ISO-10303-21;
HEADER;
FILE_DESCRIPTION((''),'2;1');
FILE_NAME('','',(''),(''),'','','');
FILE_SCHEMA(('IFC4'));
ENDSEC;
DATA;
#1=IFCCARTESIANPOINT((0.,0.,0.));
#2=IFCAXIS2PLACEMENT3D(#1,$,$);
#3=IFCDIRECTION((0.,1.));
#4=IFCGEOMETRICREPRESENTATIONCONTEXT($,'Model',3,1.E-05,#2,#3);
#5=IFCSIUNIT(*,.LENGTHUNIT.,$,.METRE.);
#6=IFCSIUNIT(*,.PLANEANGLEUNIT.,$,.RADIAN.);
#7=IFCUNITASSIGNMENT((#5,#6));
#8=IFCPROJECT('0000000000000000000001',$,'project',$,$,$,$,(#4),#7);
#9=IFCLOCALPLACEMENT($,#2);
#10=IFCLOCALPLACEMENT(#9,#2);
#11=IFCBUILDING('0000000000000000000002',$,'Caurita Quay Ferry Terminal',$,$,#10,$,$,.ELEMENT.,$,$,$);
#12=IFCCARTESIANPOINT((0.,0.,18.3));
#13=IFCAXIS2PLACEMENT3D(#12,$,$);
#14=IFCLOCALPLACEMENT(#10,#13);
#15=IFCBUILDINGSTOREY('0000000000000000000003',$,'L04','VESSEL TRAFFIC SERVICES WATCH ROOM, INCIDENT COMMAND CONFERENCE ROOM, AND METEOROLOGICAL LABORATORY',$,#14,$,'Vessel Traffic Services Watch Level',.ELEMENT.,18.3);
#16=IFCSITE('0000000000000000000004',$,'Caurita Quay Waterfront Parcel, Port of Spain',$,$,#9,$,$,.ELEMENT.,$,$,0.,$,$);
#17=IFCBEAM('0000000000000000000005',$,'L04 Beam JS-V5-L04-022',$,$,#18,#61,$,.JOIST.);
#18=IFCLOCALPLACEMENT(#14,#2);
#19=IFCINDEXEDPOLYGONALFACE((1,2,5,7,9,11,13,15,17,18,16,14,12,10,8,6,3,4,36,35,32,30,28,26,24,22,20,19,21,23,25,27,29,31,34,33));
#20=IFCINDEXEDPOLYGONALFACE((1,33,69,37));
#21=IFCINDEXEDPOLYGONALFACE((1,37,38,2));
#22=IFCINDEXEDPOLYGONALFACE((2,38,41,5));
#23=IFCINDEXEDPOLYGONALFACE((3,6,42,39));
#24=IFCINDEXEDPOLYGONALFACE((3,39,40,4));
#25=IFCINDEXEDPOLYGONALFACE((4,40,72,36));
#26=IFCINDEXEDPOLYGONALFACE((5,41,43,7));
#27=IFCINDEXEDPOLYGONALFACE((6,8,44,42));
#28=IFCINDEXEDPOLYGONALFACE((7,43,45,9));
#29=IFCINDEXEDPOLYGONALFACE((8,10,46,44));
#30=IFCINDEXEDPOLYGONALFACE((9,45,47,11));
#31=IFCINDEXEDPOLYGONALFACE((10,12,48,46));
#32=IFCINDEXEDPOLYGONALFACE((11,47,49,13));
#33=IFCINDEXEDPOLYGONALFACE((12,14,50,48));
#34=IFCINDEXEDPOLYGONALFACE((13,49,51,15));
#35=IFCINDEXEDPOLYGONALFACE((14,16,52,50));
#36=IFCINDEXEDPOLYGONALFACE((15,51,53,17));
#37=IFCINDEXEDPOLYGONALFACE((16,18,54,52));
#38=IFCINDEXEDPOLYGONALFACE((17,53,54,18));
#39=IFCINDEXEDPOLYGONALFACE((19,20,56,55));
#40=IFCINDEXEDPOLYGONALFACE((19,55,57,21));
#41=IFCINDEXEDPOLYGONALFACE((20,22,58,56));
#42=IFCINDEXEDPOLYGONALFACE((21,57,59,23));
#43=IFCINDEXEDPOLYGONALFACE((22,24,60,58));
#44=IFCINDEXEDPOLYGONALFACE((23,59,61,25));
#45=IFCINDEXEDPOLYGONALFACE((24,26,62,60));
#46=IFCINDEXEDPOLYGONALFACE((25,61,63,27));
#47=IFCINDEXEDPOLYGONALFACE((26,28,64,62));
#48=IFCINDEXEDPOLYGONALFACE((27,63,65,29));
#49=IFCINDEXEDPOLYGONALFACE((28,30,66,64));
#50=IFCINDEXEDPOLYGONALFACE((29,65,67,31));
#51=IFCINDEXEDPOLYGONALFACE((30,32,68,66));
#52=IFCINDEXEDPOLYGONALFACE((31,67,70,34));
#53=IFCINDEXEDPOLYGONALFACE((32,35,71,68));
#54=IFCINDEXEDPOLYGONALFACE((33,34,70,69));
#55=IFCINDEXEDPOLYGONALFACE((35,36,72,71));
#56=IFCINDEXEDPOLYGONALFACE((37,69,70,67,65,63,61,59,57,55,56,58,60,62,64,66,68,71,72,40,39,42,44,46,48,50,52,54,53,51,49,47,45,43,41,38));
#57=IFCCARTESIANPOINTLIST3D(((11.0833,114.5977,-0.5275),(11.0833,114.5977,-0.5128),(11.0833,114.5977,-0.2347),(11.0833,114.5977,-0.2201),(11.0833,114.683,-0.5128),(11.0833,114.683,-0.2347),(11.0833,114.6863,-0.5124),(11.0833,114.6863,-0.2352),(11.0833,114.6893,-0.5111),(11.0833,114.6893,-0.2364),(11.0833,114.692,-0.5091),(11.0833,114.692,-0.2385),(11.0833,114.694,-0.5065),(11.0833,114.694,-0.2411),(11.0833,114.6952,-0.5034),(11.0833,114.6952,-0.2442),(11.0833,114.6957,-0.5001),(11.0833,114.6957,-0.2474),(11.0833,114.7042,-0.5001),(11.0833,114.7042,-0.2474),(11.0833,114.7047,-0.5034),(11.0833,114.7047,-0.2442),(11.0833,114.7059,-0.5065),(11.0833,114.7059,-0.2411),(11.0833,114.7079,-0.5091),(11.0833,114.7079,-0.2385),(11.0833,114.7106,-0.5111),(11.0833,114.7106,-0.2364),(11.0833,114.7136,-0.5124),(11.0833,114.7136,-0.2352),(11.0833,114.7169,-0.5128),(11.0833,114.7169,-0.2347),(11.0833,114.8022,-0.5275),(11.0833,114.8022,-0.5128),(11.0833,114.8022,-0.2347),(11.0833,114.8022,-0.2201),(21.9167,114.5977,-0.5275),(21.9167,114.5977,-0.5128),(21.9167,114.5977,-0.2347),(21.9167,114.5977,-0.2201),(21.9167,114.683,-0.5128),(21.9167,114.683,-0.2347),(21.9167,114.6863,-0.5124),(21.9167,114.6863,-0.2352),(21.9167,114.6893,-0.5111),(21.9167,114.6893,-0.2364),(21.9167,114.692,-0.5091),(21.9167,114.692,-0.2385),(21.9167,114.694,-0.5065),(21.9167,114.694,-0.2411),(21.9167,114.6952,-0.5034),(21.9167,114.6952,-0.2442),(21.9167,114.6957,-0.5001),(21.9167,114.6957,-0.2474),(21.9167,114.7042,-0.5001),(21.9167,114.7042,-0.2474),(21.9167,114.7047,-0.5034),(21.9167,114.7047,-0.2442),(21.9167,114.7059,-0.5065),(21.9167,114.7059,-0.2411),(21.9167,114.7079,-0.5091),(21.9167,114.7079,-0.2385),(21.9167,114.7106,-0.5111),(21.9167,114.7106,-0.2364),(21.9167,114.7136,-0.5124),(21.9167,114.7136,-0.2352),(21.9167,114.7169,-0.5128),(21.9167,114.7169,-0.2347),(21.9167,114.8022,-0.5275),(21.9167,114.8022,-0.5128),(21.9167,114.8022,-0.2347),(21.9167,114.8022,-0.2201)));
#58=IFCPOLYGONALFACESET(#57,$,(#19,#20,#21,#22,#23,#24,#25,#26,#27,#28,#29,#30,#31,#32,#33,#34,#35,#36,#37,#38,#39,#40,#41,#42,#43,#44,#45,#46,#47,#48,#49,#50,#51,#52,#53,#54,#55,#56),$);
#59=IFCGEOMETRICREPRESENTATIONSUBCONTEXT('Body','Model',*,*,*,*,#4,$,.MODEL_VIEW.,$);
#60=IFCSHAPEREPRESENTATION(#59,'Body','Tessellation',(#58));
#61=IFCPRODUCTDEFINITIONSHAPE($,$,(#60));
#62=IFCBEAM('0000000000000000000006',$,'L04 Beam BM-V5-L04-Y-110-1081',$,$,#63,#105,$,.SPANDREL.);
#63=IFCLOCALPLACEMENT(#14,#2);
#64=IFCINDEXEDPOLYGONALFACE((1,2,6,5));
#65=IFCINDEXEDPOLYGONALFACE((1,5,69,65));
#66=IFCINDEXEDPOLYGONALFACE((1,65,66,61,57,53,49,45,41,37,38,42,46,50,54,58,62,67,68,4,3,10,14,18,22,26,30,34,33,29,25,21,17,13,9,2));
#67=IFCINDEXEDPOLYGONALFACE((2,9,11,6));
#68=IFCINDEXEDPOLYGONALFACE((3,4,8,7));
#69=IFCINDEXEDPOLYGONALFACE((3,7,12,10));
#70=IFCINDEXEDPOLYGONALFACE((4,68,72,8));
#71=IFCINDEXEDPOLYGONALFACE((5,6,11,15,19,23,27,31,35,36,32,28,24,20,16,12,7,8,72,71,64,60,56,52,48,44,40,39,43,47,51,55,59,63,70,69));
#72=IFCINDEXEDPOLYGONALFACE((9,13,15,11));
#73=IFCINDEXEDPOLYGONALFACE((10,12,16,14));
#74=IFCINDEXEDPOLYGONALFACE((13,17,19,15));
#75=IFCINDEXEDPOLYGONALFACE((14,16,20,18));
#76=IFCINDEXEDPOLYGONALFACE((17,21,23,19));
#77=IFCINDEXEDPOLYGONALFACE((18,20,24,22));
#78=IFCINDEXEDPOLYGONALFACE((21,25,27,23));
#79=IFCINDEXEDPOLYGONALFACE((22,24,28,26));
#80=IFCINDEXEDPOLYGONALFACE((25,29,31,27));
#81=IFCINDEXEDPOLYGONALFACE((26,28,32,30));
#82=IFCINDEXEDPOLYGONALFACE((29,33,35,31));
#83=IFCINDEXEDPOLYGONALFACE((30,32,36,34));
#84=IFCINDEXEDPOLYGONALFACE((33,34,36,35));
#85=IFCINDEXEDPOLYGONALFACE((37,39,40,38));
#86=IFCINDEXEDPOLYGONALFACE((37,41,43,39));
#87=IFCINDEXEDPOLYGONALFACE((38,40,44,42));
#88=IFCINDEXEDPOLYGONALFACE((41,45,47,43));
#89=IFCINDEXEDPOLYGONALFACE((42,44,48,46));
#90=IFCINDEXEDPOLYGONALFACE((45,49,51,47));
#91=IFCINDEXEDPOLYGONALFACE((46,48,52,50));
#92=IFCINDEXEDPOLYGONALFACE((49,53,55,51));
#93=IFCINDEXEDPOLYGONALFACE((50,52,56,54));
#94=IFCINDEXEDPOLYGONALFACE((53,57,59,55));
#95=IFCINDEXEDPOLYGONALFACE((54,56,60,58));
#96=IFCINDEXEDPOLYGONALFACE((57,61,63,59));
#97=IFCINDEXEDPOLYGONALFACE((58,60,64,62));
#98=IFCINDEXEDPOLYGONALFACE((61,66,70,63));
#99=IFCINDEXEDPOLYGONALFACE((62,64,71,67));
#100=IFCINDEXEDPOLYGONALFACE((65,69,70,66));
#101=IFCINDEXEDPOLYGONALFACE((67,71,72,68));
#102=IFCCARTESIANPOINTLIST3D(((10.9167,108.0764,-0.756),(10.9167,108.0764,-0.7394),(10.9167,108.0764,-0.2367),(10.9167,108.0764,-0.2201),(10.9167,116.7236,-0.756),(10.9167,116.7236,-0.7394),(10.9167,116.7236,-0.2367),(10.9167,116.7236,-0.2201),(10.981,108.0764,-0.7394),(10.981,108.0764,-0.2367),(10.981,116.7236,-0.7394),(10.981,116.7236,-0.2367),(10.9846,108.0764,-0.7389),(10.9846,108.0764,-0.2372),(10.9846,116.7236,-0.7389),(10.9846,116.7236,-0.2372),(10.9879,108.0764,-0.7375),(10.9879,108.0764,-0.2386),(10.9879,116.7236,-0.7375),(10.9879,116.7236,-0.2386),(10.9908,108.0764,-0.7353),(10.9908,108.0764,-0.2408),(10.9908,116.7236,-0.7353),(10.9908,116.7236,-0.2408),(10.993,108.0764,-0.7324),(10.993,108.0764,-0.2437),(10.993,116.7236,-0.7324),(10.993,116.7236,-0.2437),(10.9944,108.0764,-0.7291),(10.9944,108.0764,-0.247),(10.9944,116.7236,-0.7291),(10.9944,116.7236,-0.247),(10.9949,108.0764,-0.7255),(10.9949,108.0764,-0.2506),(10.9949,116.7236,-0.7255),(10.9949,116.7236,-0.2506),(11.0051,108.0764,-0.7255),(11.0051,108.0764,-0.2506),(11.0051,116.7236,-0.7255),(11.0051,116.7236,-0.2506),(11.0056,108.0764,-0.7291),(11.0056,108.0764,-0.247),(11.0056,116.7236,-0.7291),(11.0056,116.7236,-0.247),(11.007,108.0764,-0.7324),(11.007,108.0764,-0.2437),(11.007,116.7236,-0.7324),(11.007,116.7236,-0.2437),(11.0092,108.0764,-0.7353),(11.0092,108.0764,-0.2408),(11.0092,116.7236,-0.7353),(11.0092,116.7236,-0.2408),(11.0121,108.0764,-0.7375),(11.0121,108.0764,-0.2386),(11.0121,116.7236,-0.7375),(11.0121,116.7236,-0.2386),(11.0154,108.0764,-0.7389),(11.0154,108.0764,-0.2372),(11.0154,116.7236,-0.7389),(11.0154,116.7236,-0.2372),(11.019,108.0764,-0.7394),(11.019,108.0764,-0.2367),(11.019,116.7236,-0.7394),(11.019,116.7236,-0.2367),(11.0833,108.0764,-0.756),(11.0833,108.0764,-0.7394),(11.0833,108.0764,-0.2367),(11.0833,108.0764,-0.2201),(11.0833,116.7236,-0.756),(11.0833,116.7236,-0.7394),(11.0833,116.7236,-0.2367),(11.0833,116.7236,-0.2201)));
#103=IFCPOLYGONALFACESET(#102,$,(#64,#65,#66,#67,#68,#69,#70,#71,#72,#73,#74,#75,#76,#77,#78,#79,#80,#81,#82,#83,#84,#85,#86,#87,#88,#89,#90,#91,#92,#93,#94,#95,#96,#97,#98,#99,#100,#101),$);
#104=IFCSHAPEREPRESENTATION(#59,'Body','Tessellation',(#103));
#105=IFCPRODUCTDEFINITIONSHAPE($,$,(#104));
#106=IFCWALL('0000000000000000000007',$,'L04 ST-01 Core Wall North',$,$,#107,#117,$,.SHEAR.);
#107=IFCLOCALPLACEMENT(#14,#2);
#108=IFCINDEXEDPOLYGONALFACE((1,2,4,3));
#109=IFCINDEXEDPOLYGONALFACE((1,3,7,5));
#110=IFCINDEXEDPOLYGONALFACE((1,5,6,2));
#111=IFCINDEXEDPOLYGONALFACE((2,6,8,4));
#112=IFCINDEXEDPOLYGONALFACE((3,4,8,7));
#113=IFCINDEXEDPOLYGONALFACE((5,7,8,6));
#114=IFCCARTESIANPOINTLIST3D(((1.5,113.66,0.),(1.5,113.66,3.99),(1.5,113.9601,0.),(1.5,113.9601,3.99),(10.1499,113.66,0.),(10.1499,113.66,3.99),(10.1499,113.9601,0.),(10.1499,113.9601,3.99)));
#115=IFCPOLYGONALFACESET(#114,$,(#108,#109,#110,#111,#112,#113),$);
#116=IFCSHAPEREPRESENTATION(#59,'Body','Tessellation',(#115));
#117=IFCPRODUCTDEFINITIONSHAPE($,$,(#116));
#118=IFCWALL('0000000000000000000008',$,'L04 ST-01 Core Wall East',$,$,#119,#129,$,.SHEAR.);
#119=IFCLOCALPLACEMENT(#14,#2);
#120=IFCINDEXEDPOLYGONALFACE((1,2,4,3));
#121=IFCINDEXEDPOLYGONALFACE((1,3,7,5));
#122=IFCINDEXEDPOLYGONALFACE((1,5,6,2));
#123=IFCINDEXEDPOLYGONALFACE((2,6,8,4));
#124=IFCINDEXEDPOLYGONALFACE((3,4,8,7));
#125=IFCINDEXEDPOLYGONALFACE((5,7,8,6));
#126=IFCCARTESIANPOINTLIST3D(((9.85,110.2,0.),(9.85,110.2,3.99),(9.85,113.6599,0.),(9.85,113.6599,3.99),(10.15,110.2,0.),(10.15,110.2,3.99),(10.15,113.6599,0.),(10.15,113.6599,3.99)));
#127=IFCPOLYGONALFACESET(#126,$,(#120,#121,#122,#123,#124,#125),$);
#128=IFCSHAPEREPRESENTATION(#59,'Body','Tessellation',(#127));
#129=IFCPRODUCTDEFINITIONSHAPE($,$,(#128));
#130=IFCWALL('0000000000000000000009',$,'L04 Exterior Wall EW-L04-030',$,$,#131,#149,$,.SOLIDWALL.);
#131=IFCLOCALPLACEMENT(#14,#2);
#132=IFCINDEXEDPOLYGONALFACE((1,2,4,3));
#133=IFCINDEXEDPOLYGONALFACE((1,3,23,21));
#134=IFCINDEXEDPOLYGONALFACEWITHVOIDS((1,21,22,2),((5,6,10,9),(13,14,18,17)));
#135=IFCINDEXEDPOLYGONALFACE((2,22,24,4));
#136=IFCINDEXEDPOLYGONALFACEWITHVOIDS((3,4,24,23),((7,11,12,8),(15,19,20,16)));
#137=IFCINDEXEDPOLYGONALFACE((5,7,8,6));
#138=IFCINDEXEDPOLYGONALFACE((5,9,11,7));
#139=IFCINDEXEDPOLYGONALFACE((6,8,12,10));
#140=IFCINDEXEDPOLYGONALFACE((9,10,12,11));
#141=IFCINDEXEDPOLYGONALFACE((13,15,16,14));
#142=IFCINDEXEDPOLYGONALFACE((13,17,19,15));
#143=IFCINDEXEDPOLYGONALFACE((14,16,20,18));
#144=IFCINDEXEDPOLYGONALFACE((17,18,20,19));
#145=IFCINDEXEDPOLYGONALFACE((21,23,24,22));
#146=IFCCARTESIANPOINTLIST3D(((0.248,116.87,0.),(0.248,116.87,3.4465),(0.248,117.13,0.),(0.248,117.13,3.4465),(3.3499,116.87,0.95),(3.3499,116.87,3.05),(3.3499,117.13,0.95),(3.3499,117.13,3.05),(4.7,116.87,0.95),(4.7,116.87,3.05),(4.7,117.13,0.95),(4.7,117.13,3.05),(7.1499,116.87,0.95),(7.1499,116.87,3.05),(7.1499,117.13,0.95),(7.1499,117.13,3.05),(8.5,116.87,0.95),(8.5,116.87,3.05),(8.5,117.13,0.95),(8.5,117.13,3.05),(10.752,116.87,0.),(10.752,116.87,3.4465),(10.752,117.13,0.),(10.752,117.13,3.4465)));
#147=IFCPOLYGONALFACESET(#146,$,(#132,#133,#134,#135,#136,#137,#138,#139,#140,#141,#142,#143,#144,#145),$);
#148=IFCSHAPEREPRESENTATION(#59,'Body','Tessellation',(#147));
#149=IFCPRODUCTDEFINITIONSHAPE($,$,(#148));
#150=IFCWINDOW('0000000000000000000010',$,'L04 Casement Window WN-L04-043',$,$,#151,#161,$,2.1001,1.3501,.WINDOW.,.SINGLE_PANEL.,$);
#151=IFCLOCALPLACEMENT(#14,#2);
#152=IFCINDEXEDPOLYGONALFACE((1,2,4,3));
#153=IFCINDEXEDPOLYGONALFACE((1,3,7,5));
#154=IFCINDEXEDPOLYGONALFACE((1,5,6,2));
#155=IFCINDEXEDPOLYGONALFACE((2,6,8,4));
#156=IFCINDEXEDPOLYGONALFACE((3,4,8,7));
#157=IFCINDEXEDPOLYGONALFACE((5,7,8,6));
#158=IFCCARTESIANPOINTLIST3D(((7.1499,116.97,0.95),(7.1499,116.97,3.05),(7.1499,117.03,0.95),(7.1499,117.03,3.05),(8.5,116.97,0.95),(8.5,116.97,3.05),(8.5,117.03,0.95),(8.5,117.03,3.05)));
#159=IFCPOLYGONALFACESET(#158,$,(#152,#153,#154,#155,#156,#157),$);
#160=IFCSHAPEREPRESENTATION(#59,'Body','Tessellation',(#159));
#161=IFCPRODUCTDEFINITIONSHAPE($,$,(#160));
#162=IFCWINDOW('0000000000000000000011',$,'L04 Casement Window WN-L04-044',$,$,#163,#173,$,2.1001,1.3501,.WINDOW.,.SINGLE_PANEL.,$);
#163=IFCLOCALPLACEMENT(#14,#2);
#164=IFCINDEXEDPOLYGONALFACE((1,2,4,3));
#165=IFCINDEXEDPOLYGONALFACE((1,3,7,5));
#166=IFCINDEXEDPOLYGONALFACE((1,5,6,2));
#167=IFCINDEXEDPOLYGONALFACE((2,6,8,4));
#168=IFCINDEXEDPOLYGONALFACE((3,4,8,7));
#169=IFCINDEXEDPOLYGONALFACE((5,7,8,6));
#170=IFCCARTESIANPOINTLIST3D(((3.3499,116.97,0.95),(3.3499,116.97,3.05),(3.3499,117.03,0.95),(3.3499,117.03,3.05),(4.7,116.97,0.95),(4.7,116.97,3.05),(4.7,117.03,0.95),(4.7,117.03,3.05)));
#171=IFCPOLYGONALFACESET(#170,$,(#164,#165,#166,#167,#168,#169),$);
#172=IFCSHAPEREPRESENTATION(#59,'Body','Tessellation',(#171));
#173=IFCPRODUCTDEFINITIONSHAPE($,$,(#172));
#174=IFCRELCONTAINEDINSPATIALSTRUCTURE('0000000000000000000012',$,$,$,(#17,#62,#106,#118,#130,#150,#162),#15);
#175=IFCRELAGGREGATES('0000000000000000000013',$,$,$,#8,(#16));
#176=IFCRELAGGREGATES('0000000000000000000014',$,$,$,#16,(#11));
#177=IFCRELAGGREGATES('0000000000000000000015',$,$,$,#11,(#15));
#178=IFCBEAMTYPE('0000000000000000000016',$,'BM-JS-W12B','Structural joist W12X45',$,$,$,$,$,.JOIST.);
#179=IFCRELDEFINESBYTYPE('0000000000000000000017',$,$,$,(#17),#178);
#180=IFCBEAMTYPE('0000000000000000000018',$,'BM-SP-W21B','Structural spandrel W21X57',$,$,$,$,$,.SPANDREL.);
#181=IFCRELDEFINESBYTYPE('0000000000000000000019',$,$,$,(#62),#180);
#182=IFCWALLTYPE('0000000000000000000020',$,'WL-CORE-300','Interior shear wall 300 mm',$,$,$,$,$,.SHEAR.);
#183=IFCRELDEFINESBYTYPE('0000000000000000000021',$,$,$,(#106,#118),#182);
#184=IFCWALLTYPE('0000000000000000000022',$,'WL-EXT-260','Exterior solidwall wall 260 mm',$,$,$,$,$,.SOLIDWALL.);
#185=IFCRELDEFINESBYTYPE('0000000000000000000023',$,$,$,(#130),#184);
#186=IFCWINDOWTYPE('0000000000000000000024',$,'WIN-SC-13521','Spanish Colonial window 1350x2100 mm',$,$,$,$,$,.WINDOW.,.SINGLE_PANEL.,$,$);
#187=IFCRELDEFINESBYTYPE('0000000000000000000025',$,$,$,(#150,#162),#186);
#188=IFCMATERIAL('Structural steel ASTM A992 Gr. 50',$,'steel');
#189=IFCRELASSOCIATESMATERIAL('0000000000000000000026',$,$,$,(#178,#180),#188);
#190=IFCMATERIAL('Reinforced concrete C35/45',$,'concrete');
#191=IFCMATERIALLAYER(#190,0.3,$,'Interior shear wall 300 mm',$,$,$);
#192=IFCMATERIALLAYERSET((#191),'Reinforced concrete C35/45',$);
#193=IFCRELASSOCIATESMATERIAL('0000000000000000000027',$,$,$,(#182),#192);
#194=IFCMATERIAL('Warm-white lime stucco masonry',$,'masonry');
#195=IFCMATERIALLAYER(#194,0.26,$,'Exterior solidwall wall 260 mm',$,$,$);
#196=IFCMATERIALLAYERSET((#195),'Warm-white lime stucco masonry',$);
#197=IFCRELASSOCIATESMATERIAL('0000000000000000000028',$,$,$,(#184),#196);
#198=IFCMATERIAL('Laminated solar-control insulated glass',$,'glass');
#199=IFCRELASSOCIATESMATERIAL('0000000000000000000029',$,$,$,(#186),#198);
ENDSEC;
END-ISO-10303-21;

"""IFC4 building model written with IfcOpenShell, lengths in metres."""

from ifc_helpers import new_model, si_unit, direction, frame, frame_2d, origin, origin_2d, place, context, subcontext, project, spatial, rectangle, i_section, extrude, material, layer, layer_set, material_profile, profile_set, type_object, element, fill, save


model = new_model("IFC4")

# Units and contexts
model_context = context("Model", 3, precision=1e-05, world=origin(), true_north=direction((0.0, 1.0)))
body_context = subcontext(model_context, "Body", "Model", "MODEL_VIEW")
ifc_project = project(units=[si_unit("LENGTHUNIT", "METRE"), si_unit("PLANEANGLEUNIT", "RADIAN")], contexts=[model_context])

# Site, building, storey
site_placement = place(None, origin())
site = spatial("IfcSite", under=ifc_project, at=site_placement, Name="Caurita Quay Waterfront Parcel, Port of Spain", CompositionType="ELEMENT", RefElevation=0.0)
building_placement = place(site_placement, origin())
building = spatial("IfcBuilding", under=site, at=building_placement, Name="Caurita Quay Ferry Terminal", CompositionType="ELEMENT")
storey_placement = place(building_placement, frame((0.0, 0.0, 18.3)))
storey = spatial("IfcBuildingStorey", under=building, at=storey_placement, Name="L04", Description="VESSEL TRAFFIC SERVICES WATCH ROOM, INCIDENT COMMAND CONFERENCE ROOM, AND METEOROLOGICAL LABORATORY", LongName="Vessel Traffic Services Watch Level", CompositionType="ELEMENT", Elevation=18.3)

# Shared definitions
ifc_material_1 = material(Name="Reinforced concrete C35/45", Category="concrete")

# Beams
ifc_material_2 = material(Name="Structural steel ASTM A992 Gr. 50", Category="steel")
ifc_material_profile_1 = material_profile(ifc_material_2, i_section(OverallWidth=0.2046, OverallDepth=0.3074, WebThickness=0.0085, FlangeThickness=0.0146, FilletRadius=0.0127, at=origin_2d()), Name="W12X45")
ifc_profile_set_1 = profile_set([ifc_material_profile_1], Name="Structural steel ASTM A992 Gr. 50")
beam_type_1 = type_object("IfcBeamType", Name="BM-JS-W12B", Description="Structural joist W12X45", PredefinedType="JOIST", material=ifc_profile_set_1)
for number, where, z_axis, x_axis, name in (
    (1, (11.0833, 114.7, -0.3738), (1.0, 0.0, 0.0), (0.0, 1.0, 0.0), "L04 Beam JS-V5-L04-022"),
):
    element("IfcBeam", number, at=place(storey_placement, frame(where, z_axis=z_axis, x_axis=x_axis)), inside=storey, type_object=beam_type_1, Name=name, PredefinedType="JOIST", context=body_context, shape_type="SweptSolid", body=[
        extrude(i_section(OverallWidth=0.2046, OverallDepth=0.3074, WebThickness=0.0085, FlangeThickness=0.0146, FilletRadius=0.0127, at=origin_2d()), origin(), (0.0, 0.0, 1.0), 10.8335),
    ])
ifc_material_profile_2 = material_profile(ifc_material_2, i_section(OverallWidth=0.1665, OverallDepth=0.5359, WebThickness=0.0103, FlangeThickness=0.0166, FilletRadius=0.0139, at=origin_2d()), Name="W21X57")
ifc_profile_set_2 = profile_set([ifc_material_profile_2], Name="Structural steel ASTM A992 Gr. 50")
beam_type_2 = type_object("IfcBeamType", Name="BM-SP-W21B", Description="Structural spandrel W21X57", PredefinedType="SPANDREL", material=ifc_profile_set_2)
beam_placement = place(storey_placement, frame((11.0, 108.0764, -0.488), z_axis=(0.0, 1.0, 0.0), x_axis=(-1.0, 0.0, 0.0)))
element("IfcBeam", 2, at=beam_placement, inside=storey, type_object=beam_type_2, Name="L04 Beam BM-V5-L04-Y-110-1081", PredefinedType="SPANDREL", context=body_context, shape_type="SweptSolid", body=[
    extrude(i_section(OverallWidth=0.1665, OverallDepth=0.5359, WebThickness=0.0103, FlangeThickness=0.0166, FilletRadius=0.0139, at=origin_2d()), origin(), (0.0, 0.0, 1.0), 8.6472),
])

# Walls
ifc_layer_1 = layer(ifc_material_1, 0.3, Name="Interior shear wall 300 mm")
ifc_layer_set_1 = layer_set([ifc_layer_1], Name="Reinforced concrete C35/45")
wall_type_1 = type_object("IfcWallType", Name="WL-CORE-300", Description="Interior shear wall 300 mm", PredefinedType="SHEAR", material=ifc_layer_set_1)
wall_1_placement = place(storey_placement, frame((10.1499, 113.8101, 0.0), z_axis=(0.0, 0.0, 1.0), x_axis=(-1.0, 0.0, 0.0)))
element("IfcWall", 3, at=wall_1_placement, inside=storey, type_object=wall_type_1, Name="L04 ST-01 Core Wall North", PredefinedType="SHEAR", context=body_context, shape_type="SweptSolid", body=[
    extrude(rectangle(XDim=8.6499, YDim=0.3, at=frame_2d((4.325, 0.0))), origin(), (0.0, 0.0, 1.0), 3.99),
])
wall_2_placement = place(storey_placement, frame((10.0, 110.2, 0.0), z_axis=(0.0, 0.0, 1.0), x_axis=(0.0, 1.0, 0.0)))
element("IfcWall", 4, at=wall_2_placement, inside=storey, type_object=wall_type_1, Name="L04 ST-01 Core Wall East", PredefinedType="SHEAR", context=body_context, shape_type="SweptSolid", body=[
    extrude(rectangle(XDim=3.46, YDim=0.3, at=frame_2d((1.73, 0.0))), origin(), (0.0, 0.0, 1.0), 3.99),
])

# Wall, openings, windows
ifc_material_3 = material(Name="Warm-white lime stucco masonry", Category="masonry")
ifc_layer_2 = layer(ifc_material_3, 0.26, Name="Exterior solidwall wall 260 mm")
ifc_layer_set_2 = layer_set([ifc_layer_2], Name="Warm-white lime stucco masonry")
wall_type_2 = type_object("IfcWallType", Name="WL-EXT-260", Description="Exterior solidwall wall 260 mm", PredefinedType="SOLIDWALL", material=ifc_layer_set_2)
wall_3_placement = place(storey_placement, frame((10.752, 117.0, 0.0), z_axis=(0.0, 0.0, 1.0), x_axis=(-1.0, 0.0, 0.0)))
wall_3 = element("IfcWall", 5, at=wall_3_placement, inside=storey, type_object=wall_type_2, Name="L04 Exterior Wall EW-L04-030", PredefinedType="SOLIDWALL", context=body_context, shape_type="SweptSolid", body=[
    extrude(rectangle(XDim=10.5039, YDim=0.26, at=frame_2d((5.252, 0.0))), origin(), (0.0, 0.0, 1.0), 3.4465),
])
opening_1_placement = place(wall_3_placement, frame((2.252, 0.0, 0.95)))
opening_1 = element("IfcOpeningElement", 6, at=opening_1_placement, cuts=wall_3, PredefinedType="OPENING", context=body_context, shape_type="SweptSolid", body=[
    extrude(rectangle(XDim=1.3501, YDim=2.1001, at=frame_2d((0.675, 1.05))), frame((0.0, 0.1399, 0.0), z_axis=(0.0, -1.0, 0.0), x_axis=(1.0, 0.0, 0.0)), (0.0, 0.0, 1.0), 0.28),
])
opening_2_placement = place(wall_3_placement, frame((6.052, 0.0, 0.95)))
opening_2 = element("IfcOpeningElement", 7, at=opening_2_placement, cuts=wall_3, PredefinedType="OPENING", context=body_context, shape_type="SweptSolid", body=[
    extrude(rectangle(XDim=1.3501, YDim=2.1001, at=frame_2d((0.675, 1.05))), frame((0.0, 0.1399, 0.0), z_axis=(0.0, -1.0, 0.0), x_axis=(1.0, 0.0, 0.0)), (0.0, 0.0, 1.0), 0.28),
])
ifc_material_4 = material(Name="Laminated solar-control insulated glass", Category="glass")
window_type = type_object("IfcWindowType", Name="WIN-SC-13521", Description="Spanish Colonial window 1350x2100 mm", PartitioningType="SINGLE_PANEL", PredefinedType="WINDOW", material=ifc_material_4)
window_1_placement = place(opening_1_placement, origin())
window_1 = element("IfcWindow", 8, at=window_1_placement, inside=storey, type_object=window_type, Name="L04 Casement Window WN-L04-043", OverallHeight=2.1001, OverallWidth=1.3501, PartitioningType="SINGLE_PANEL", PredefinedType="WINDOW", context=body_context, shape_type="SweptSolid", body=[
    extrude(rectangle(XDim=1.3501, YDim=2.1001, at=frame_2d((0.675, 1.05))), frame((0.0, 0.03, 0.0), z_axis=(0.0, -1.0, 0.0), x_axis=(1.0, 0.0, 0.0)), (0.0, 0.0, 1.0), 0.0601),
])
fill(opening_1, window_1)
window_2_placement = place(opening_2_placement, origin())
window_2 = element("IfcWindow", 9, at=window_2_placement, inside=storey, type_object=window_type, Name="L04 Casement Window WN-L04-044", OverallHeight=2.1001, OverallWidth=1.3501, PartitioningType="SINGLE_PANEL", PredefinedType="WINDOW", context=body_context, shape_type="SweptSolid", body=[
    extrude(rectangle(XDim=1.3501, YDim=2.1001, at=frame_2d((0.675, 1.05))), frame((0.0, 0.03, 0.0), z_axis=(0.0, -1.0, 0.0), x_axis=(1.0, 0.0, 0.0)), (0.0, 0.0, 1.0), 0.0601),
])
fill(opening_2, window_2)

save(model, "model.ifc")
